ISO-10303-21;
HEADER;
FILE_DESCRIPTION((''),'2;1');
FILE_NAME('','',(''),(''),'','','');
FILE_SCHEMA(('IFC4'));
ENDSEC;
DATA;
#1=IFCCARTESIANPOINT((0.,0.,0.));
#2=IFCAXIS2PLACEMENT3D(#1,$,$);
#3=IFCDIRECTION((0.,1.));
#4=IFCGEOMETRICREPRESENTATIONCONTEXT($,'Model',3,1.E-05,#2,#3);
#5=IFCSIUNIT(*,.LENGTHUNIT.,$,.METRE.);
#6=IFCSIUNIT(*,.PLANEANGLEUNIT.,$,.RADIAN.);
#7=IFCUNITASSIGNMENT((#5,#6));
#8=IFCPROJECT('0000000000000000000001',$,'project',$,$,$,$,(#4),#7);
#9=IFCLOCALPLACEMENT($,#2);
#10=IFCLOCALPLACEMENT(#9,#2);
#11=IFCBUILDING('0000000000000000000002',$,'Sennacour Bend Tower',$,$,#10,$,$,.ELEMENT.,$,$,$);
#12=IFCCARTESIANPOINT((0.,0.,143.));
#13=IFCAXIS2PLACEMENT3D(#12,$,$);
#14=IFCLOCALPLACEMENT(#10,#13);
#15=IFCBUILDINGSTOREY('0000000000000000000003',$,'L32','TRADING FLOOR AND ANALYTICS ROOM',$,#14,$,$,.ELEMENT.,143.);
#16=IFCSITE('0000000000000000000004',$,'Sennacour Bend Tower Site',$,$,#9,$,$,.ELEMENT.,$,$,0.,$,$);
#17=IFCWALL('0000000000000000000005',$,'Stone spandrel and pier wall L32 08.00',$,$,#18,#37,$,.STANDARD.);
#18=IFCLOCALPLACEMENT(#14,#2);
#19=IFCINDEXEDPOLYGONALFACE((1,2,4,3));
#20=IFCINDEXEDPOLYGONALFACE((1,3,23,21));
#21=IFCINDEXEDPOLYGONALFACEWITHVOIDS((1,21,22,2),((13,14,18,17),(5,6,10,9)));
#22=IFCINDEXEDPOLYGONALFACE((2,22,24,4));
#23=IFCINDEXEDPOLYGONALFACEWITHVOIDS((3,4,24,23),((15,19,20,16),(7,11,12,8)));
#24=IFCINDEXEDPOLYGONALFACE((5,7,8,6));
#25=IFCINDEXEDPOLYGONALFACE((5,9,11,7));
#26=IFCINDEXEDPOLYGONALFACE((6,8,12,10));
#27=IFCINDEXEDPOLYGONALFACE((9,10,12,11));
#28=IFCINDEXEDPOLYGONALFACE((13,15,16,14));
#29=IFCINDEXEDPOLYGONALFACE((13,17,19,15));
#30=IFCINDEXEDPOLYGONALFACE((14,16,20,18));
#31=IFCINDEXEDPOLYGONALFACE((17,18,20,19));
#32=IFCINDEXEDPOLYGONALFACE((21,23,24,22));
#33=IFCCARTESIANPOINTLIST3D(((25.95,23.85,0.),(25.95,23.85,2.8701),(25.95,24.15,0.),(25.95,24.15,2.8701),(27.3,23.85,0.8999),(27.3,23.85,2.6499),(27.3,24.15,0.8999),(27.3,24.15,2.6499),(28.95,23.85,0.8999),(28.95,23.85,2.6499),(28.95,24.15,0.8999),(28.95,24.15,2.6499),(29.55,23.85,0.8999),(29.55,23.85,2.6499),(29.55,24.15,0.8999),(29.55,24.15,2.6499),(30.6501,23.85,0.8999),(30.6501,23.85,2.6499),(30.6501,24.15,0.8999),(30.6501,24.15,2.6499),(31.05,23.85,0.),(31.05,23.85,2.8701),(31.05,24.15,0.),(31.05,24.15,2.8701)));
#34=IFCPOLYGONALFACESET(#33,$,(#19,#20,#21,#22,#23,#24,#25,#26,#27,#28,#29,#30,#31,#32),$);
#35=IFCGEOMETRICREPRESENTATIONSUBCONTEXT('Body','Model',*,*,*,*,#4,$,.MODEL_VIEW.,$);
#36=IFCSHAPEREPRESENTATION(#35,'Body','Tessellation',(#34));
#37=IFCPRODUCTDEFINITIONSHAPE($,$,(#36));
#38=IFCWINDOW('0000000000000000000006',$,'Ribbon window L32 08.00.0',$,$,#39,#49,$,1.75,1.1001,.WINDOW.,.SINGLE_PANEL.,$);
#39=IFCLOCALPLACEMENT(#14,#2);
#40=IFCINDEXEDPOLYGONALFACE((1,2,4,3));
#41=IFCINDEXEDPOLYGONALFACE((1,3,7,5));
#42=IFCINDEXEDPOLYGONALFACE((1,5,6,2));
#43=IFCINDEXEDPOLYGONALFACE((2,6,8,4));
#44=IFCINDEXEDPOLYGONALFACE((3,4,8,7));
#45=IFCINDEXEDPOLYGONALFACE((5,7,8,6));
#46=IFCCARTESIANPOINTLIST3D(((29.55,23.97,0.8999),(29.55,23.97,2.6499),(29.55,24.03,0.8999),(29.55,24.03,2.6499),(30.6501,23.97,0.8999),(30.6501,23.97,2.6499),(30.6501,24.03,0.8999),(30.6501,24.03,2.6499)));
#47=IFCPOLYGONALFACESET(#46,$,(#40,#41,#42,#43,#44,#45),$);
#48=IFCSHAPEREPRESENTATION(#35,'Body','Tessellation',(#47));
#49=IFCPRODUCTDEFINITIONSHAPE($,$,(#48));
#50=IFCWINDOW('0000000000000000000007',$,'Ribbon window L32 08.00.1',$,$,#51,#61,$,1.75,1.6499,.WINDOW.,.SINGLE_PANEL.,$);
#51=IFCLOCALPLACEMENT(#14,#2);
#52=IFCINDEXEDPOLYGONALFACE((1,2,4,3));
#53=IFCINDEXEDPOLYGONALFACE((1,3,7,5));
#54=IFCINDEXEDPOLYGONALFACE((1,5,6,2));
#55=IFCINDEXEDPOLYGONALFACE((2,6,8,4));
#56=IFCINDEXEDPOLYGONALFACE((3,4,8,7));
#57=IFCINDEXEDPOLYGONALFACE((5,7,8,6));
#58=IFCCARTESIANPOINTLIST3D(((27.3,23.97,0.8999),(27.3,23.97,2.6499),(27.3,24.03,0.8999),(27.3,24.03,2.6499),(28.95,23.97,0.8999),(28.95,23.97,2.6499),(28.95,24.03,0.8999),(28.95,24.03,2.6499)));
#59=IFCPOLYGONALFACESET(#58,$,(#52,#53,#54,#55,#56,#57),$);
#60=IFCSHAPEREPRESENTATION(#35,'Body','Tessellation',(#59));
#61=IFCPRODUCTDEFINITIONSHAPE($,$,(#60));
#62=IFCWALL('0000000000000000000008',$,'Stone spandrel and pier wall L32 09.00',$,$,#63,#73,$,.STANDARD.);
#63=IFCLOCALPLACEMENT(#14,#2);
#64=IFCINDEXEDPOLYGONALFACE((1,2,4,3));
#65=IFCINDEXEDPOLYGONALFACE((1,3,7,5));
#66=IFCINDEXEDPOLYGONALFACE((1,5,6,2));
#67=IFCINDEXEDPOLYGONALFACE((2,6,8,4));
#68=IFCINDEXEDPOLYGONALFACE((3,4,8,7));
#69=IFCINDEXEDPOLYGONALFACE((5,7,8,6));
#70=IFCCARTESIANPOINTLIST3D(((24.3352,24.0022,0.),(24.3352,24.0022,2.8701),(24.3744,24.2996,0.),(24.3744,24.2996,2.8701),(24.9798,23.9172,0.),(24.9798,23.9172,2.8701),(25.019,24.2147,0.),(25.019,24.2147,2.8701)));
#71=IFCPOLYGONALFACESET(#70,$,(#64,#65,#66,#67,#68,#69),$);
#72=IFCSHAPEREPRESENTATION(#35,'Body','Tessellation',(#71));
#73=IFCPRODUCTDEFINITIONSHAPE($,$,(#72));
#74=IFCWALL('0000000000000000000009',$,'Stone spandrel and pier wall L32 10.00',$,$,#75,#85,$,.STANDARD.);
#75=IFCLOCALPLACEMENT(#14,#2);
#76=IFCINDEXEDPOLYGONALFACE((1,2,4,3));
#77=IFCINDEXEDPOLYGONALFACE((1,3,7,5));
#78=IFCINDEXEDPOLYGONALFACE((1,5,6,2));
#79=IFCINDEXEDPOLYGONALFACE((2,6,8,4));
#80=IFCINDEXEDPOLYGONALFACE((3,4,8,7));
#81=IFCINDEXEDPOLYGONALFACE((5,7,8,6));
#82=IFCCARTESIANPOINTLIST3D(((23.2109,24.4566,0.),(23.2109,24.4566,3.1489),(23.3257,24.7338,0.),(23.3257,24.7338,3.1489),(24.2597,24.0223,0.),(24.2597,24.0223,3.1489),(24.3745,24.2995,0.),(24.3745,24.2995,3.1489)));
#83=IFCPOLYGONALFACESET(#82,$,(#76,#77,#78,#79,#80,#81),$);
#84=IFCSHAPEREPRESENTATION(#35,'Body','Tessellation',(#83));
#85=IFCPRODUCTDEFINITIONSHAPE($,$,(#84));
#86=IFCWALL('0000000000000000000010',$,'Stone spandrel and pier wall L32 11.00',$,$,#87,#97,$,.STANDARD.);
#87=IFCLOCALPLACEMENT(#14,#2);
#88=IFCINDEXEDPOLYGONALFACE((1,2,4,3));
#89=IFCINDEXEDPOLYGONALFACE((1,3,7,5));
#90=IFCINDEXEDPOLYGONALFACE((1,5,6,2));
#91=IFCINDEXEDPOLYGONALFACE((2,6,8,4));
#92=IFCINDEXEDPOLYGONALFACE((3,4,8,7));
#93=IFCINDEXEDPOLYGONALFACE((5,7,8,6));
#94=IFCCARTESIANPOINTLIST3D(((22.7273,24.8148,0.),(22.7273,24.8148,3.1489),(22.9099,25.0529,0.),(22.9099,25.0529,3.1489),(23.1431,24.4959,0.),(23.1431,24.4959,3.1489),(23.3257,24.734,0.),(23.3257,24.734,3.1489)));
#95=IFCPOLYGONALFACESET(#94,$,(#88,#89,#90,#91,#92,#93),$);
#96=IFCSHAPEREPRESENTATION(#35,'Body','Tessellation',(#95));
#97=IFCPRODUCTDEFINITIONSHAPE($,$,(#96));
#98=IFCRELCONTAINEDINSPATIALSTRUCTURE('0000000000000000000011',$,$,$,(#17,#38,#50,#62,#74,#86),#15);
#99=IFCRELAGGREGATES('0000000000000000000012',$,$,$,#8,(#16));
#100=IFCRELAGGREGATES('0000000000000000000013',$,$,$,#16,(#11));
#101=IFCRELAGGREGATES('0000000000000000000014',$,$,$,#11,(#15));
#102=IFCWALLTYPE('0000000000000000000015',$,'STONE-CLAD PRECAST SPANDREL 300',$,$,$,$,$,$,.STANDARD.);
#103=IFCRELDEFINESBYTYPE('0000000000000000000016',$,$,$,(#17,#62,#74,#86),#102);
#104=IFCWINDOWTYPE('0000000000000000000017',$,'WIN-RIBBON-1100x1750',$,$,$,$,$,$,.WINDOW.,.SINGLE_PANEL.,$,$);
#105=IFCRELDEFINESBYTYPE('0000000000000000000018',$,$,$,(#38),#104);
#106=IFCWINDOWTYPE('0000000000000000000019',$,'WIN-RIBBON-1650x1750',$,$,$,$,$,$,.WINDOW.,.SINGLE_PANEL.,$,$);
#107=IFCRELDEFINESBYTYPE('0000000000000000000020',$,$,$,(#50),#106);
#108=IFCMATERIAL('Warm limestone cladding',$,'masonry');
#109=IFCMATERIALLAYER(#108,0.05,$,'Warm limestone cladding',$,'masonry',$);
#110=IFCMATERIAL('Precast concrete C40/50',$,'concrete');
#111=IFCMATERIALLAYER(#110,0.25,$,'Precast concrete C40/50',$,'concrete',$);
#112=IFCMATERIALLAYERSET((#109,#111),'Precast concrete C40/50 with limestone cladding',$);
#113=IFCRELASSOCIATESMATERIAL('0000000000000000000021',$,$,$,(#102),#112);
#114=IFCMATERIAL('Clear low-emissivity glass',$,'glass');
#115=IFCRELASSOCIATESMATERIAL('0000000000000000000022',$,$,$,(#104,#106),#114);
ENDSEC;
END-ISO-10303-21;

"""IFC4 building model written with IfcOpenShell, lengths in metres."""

from ifc_helpers import new_model, si_unit, direction, frame, frame_2d, origin, place, context, subcontext, project, spatial, rectangle, extrude, material, layer, layer_set, type_object, element, fill, save


model = new_model("IFC4")

# Units and contexts
model_context = context("Model", 3, precision=1e-05, world=origin(), true_north=direction((0.0, 1.0)))
body_context = subcontext(model_context, "Body", "Model", "MODEL_VIEW")
ifc_project = project(units=[si_unit("LENGTHUNIT", "METRE"), si_unit("PLANEANGLEUNIT", "RADIAN")], contexts=[model_context])

# Site, building, storey
site_placement = place(None, origin())
site = spatial("IfcSite", under=ifc_project, at=site_placement, Name="Sennacour Bend Tower Site", CompositionType="ELEMENT", RefElevation=0.0)
building_placement = place(site_placement, origin())
building = spatial("IfcBuilding", under=site, at=building_placement, Name="Sennacour Bend Tower", CompositionType="ELEMENT")
storey_placement = place(building_placement, frame((0.0, 0.0, 143.0)))
storey = spatial("IfcBuildingStorey", under=building, at=storey_placement, Name="L32", Description="TRADING FLOOR AND ANALYTICS ROOM", CompositionType="ELEMENT", Elevation=143.0)

# Wall, openings, windows
ifc_material_1 = material(Name="Warm limestone cladding", Category="masonry")
ifc_layer_1 = layer(ifc_material_1, 0.05, Name="Warm limestone cladding", Category="masonry")
ifc_material_2 = material(Name="Precast concrete C40/50", Category="concrete")
ifc_layer_2 = layer(ifc_material_2, 0.25, Name="Precast concrete C40/50", Category="concrete")
ifc_layer_set = layer_set([ifc_layer_1, ifc_layer_2], Name="Precast concrete C40/50 with limestone cladding")
wall_type = type_object("IfcWallType", Name="STONE-CLAD PRECAST SPANDREL 300", PredefinedType="STANDARD", material=ifc_layer_set)
ifc_material_3 = material(Name="Clear low-emissivity glass", Category="glass")
wall_1_placement = place(storey_placement, frame((31.05, 24.0, 0.0), z_axis=(0.0, 0.0, 1.0), x_axis=(-1.0, 0.0, 0.0)))
wall_1 = element("IfcWall", 1, at=wall_1_placement, inside=storey, type_object=wall_type, Name="Stone spandrel and pier wall L32 08.00", PredefinedType="STANDARD", context=body_context, shape_type="SweptSolid", body=[
    extrude(rectangle(XDim=5.1001, YDim=0.3, at=frame_2d((2.55, 0.0))), origin(), (0.0, 0.0, 1.0), 2.8701),
])
opening_1_placement = place(wall_1_placement, frame((0.3999, 0.0, 0.8999)))
opening_1 = element("IfcOpeningElement", 2, at=opening_1_placement, cuts=wall_1, PredefinedType="OPENING", context=body_context, shape_type="SweptSolid", body=[
    extrude(rectangle(XDim=1.1001, YDim=1.75, at=frame_2d((0.55, 0.875))), frame((0.0, 0.1602, 0.0), z_axis=(0.0, -1.0, 0.0), x_axis=(1.0, 0.0, 0.0)), (0.0, 0.0, 1.0), 0.3201),
])
opening_2_placement = place(wall_1_placement, frame((2.1001, 0.0, 0.8999)))
opening_2 = element("IfcOpeningElement", 3, at=opening_2_placement, cuts=wall_1, PredefinedType="OPENING", context=body_context, shape_type="SweptSolid", body=[
    extrude(rectangle(XDim=1.6499, YDim=1.75, at=frame_2d((0.825, 0.875))), frame((0.0, 0.1602, 0.0), z_axis=(0.0, -1.0, 0.0), x_axis=(1.0, 0.0, 0.0)), (0.0, 0.0, 1.0), 0.3201),
])
window_type_1 = type_object("IfcWindowType", Name="WIN-RIBBON-1100x1750", PartitioningType="SINGLE_PANEL", PredefinedType="WINDOW", material=ifc_material_3)
window_1_placement = place(opening_1_placement, origin())
window_1 = element("IfcWindow", 4, at=window_1_placement, inside=storey, type_object=window_type_1, Name="Ribbon window L32 08.00.0", OverallHeight=1.75, OverallWidth=1.1001, PartitioningType="SINGLE_PANEL", PredefinedType="WINDOW", context=body_context, shape_type="SweptSolid", body=[
    extrude(rectangle(XDim=1.1001, YDim=1.75, at=frame_2d((0.55, 0.875))), frame((0.0, 0.03, 0.0), z_axis=(0.0, -1.0, 0.0), x_axis=(1.0, 0.0, 0.0)), (0.0, 0.0, 1.0), 0.0601),
])
fill(opening_1, window_1)
window_type_2 = type_object("IfcWindowType", Name="WIN-RIBBON-1650x1750", PartitioningType="SINGLE_PANEL", PredefinedType="WINDOW", material=ifc_material_3)
window_2_placement = place(opening_2_placement, origin())
window_2 = element("IfcWindow", 5, at=window_2_placement, inside=storey, type_object=window_type_2, Name="Ribbon window L32 08.00.1", OverallHeight=1.75, OverallWidth=1.6499, PartitioningType="SINGLE_PANEL", PredefinedType="WINDOW", context=body_context, shape_type="SweptSolid", body=[
    extrude(rectangle(XDim=1.6499, YDim=1.75, at=frame_2d((0.825, 0.875))), frame((0.0, 0.03, 0.0), z_axis=(0.0, -1.0, 0.0), x_axis=(1.0, 0.0, 0.0)), (0.0, 0.0, 1.0), 0.0601),
])
fill(opening_2, window_2)

# Walls
wall_2_placement = place(storey_placement, frame((24.9995, 24.0659, 0.0), z_axis=(0.0, 0.0, 1.0), x_axis=(-0.991424, 0.130688, 0.0)))
element("IfcWall", 6, at=wall_2_placement, inside=storey, type_object=wall_type, Name="Stone spandrel and pier wall L32 09.00", PredefinedType="STANDARD", context=body_context, shape_type="SweptSolid", body=[
    extrude(rectangle(XDim=0.6501, YDim=0.3, at=frame_2d((0.3252, 0.0))), origin(), (0.0, 0.0, 1.0), 2.8701),
])
wall_3_placement = place(storey_placement, frame((24.3171, 24.1609, 0.0), z_axis=(0.0, 0.0, 1.0), x_axis=(-0.923915, 0.382599, 0.0)))
element("IfcWall", 7, at=wall_3_placement, inside=storey, type_object=wall_type, Name="Stone spandrel and pier wall L32 10.00", PredefinedType="STANDARD", context=body_context, shape_type="SweptSolid", body=[
    extrude(rectangle(XDim=1.1353, YDim=0.3, at=frame_2d((0.5676, 0.0))), origin(), (0.0, 0.0, 1.0), 3.1489),
])
wall_4_placement = place(storey_placement, frame((23.2344, 24.615, 0.0), z_axis=(0.0, 0.0, 1.0), x_axis=(-0.793524, 0.608539, 0.0)))
element("IfcWall", 8, at=wall_4_placement, inside=storey, type_object=wall_type, Name="Stone spandrel and pier wall L32 11.00", PredefinedType="STANDARD", context=body_context, shape_type="SweptSolid", body=[
    extrude(rectangle(XDim=0.5239, YDim=0.3, at=frame_2d((0.262, 0.0))), origin(), (0.0, 0.0, 1.0), 3.1489),
])

save(model, "model.ifc")
